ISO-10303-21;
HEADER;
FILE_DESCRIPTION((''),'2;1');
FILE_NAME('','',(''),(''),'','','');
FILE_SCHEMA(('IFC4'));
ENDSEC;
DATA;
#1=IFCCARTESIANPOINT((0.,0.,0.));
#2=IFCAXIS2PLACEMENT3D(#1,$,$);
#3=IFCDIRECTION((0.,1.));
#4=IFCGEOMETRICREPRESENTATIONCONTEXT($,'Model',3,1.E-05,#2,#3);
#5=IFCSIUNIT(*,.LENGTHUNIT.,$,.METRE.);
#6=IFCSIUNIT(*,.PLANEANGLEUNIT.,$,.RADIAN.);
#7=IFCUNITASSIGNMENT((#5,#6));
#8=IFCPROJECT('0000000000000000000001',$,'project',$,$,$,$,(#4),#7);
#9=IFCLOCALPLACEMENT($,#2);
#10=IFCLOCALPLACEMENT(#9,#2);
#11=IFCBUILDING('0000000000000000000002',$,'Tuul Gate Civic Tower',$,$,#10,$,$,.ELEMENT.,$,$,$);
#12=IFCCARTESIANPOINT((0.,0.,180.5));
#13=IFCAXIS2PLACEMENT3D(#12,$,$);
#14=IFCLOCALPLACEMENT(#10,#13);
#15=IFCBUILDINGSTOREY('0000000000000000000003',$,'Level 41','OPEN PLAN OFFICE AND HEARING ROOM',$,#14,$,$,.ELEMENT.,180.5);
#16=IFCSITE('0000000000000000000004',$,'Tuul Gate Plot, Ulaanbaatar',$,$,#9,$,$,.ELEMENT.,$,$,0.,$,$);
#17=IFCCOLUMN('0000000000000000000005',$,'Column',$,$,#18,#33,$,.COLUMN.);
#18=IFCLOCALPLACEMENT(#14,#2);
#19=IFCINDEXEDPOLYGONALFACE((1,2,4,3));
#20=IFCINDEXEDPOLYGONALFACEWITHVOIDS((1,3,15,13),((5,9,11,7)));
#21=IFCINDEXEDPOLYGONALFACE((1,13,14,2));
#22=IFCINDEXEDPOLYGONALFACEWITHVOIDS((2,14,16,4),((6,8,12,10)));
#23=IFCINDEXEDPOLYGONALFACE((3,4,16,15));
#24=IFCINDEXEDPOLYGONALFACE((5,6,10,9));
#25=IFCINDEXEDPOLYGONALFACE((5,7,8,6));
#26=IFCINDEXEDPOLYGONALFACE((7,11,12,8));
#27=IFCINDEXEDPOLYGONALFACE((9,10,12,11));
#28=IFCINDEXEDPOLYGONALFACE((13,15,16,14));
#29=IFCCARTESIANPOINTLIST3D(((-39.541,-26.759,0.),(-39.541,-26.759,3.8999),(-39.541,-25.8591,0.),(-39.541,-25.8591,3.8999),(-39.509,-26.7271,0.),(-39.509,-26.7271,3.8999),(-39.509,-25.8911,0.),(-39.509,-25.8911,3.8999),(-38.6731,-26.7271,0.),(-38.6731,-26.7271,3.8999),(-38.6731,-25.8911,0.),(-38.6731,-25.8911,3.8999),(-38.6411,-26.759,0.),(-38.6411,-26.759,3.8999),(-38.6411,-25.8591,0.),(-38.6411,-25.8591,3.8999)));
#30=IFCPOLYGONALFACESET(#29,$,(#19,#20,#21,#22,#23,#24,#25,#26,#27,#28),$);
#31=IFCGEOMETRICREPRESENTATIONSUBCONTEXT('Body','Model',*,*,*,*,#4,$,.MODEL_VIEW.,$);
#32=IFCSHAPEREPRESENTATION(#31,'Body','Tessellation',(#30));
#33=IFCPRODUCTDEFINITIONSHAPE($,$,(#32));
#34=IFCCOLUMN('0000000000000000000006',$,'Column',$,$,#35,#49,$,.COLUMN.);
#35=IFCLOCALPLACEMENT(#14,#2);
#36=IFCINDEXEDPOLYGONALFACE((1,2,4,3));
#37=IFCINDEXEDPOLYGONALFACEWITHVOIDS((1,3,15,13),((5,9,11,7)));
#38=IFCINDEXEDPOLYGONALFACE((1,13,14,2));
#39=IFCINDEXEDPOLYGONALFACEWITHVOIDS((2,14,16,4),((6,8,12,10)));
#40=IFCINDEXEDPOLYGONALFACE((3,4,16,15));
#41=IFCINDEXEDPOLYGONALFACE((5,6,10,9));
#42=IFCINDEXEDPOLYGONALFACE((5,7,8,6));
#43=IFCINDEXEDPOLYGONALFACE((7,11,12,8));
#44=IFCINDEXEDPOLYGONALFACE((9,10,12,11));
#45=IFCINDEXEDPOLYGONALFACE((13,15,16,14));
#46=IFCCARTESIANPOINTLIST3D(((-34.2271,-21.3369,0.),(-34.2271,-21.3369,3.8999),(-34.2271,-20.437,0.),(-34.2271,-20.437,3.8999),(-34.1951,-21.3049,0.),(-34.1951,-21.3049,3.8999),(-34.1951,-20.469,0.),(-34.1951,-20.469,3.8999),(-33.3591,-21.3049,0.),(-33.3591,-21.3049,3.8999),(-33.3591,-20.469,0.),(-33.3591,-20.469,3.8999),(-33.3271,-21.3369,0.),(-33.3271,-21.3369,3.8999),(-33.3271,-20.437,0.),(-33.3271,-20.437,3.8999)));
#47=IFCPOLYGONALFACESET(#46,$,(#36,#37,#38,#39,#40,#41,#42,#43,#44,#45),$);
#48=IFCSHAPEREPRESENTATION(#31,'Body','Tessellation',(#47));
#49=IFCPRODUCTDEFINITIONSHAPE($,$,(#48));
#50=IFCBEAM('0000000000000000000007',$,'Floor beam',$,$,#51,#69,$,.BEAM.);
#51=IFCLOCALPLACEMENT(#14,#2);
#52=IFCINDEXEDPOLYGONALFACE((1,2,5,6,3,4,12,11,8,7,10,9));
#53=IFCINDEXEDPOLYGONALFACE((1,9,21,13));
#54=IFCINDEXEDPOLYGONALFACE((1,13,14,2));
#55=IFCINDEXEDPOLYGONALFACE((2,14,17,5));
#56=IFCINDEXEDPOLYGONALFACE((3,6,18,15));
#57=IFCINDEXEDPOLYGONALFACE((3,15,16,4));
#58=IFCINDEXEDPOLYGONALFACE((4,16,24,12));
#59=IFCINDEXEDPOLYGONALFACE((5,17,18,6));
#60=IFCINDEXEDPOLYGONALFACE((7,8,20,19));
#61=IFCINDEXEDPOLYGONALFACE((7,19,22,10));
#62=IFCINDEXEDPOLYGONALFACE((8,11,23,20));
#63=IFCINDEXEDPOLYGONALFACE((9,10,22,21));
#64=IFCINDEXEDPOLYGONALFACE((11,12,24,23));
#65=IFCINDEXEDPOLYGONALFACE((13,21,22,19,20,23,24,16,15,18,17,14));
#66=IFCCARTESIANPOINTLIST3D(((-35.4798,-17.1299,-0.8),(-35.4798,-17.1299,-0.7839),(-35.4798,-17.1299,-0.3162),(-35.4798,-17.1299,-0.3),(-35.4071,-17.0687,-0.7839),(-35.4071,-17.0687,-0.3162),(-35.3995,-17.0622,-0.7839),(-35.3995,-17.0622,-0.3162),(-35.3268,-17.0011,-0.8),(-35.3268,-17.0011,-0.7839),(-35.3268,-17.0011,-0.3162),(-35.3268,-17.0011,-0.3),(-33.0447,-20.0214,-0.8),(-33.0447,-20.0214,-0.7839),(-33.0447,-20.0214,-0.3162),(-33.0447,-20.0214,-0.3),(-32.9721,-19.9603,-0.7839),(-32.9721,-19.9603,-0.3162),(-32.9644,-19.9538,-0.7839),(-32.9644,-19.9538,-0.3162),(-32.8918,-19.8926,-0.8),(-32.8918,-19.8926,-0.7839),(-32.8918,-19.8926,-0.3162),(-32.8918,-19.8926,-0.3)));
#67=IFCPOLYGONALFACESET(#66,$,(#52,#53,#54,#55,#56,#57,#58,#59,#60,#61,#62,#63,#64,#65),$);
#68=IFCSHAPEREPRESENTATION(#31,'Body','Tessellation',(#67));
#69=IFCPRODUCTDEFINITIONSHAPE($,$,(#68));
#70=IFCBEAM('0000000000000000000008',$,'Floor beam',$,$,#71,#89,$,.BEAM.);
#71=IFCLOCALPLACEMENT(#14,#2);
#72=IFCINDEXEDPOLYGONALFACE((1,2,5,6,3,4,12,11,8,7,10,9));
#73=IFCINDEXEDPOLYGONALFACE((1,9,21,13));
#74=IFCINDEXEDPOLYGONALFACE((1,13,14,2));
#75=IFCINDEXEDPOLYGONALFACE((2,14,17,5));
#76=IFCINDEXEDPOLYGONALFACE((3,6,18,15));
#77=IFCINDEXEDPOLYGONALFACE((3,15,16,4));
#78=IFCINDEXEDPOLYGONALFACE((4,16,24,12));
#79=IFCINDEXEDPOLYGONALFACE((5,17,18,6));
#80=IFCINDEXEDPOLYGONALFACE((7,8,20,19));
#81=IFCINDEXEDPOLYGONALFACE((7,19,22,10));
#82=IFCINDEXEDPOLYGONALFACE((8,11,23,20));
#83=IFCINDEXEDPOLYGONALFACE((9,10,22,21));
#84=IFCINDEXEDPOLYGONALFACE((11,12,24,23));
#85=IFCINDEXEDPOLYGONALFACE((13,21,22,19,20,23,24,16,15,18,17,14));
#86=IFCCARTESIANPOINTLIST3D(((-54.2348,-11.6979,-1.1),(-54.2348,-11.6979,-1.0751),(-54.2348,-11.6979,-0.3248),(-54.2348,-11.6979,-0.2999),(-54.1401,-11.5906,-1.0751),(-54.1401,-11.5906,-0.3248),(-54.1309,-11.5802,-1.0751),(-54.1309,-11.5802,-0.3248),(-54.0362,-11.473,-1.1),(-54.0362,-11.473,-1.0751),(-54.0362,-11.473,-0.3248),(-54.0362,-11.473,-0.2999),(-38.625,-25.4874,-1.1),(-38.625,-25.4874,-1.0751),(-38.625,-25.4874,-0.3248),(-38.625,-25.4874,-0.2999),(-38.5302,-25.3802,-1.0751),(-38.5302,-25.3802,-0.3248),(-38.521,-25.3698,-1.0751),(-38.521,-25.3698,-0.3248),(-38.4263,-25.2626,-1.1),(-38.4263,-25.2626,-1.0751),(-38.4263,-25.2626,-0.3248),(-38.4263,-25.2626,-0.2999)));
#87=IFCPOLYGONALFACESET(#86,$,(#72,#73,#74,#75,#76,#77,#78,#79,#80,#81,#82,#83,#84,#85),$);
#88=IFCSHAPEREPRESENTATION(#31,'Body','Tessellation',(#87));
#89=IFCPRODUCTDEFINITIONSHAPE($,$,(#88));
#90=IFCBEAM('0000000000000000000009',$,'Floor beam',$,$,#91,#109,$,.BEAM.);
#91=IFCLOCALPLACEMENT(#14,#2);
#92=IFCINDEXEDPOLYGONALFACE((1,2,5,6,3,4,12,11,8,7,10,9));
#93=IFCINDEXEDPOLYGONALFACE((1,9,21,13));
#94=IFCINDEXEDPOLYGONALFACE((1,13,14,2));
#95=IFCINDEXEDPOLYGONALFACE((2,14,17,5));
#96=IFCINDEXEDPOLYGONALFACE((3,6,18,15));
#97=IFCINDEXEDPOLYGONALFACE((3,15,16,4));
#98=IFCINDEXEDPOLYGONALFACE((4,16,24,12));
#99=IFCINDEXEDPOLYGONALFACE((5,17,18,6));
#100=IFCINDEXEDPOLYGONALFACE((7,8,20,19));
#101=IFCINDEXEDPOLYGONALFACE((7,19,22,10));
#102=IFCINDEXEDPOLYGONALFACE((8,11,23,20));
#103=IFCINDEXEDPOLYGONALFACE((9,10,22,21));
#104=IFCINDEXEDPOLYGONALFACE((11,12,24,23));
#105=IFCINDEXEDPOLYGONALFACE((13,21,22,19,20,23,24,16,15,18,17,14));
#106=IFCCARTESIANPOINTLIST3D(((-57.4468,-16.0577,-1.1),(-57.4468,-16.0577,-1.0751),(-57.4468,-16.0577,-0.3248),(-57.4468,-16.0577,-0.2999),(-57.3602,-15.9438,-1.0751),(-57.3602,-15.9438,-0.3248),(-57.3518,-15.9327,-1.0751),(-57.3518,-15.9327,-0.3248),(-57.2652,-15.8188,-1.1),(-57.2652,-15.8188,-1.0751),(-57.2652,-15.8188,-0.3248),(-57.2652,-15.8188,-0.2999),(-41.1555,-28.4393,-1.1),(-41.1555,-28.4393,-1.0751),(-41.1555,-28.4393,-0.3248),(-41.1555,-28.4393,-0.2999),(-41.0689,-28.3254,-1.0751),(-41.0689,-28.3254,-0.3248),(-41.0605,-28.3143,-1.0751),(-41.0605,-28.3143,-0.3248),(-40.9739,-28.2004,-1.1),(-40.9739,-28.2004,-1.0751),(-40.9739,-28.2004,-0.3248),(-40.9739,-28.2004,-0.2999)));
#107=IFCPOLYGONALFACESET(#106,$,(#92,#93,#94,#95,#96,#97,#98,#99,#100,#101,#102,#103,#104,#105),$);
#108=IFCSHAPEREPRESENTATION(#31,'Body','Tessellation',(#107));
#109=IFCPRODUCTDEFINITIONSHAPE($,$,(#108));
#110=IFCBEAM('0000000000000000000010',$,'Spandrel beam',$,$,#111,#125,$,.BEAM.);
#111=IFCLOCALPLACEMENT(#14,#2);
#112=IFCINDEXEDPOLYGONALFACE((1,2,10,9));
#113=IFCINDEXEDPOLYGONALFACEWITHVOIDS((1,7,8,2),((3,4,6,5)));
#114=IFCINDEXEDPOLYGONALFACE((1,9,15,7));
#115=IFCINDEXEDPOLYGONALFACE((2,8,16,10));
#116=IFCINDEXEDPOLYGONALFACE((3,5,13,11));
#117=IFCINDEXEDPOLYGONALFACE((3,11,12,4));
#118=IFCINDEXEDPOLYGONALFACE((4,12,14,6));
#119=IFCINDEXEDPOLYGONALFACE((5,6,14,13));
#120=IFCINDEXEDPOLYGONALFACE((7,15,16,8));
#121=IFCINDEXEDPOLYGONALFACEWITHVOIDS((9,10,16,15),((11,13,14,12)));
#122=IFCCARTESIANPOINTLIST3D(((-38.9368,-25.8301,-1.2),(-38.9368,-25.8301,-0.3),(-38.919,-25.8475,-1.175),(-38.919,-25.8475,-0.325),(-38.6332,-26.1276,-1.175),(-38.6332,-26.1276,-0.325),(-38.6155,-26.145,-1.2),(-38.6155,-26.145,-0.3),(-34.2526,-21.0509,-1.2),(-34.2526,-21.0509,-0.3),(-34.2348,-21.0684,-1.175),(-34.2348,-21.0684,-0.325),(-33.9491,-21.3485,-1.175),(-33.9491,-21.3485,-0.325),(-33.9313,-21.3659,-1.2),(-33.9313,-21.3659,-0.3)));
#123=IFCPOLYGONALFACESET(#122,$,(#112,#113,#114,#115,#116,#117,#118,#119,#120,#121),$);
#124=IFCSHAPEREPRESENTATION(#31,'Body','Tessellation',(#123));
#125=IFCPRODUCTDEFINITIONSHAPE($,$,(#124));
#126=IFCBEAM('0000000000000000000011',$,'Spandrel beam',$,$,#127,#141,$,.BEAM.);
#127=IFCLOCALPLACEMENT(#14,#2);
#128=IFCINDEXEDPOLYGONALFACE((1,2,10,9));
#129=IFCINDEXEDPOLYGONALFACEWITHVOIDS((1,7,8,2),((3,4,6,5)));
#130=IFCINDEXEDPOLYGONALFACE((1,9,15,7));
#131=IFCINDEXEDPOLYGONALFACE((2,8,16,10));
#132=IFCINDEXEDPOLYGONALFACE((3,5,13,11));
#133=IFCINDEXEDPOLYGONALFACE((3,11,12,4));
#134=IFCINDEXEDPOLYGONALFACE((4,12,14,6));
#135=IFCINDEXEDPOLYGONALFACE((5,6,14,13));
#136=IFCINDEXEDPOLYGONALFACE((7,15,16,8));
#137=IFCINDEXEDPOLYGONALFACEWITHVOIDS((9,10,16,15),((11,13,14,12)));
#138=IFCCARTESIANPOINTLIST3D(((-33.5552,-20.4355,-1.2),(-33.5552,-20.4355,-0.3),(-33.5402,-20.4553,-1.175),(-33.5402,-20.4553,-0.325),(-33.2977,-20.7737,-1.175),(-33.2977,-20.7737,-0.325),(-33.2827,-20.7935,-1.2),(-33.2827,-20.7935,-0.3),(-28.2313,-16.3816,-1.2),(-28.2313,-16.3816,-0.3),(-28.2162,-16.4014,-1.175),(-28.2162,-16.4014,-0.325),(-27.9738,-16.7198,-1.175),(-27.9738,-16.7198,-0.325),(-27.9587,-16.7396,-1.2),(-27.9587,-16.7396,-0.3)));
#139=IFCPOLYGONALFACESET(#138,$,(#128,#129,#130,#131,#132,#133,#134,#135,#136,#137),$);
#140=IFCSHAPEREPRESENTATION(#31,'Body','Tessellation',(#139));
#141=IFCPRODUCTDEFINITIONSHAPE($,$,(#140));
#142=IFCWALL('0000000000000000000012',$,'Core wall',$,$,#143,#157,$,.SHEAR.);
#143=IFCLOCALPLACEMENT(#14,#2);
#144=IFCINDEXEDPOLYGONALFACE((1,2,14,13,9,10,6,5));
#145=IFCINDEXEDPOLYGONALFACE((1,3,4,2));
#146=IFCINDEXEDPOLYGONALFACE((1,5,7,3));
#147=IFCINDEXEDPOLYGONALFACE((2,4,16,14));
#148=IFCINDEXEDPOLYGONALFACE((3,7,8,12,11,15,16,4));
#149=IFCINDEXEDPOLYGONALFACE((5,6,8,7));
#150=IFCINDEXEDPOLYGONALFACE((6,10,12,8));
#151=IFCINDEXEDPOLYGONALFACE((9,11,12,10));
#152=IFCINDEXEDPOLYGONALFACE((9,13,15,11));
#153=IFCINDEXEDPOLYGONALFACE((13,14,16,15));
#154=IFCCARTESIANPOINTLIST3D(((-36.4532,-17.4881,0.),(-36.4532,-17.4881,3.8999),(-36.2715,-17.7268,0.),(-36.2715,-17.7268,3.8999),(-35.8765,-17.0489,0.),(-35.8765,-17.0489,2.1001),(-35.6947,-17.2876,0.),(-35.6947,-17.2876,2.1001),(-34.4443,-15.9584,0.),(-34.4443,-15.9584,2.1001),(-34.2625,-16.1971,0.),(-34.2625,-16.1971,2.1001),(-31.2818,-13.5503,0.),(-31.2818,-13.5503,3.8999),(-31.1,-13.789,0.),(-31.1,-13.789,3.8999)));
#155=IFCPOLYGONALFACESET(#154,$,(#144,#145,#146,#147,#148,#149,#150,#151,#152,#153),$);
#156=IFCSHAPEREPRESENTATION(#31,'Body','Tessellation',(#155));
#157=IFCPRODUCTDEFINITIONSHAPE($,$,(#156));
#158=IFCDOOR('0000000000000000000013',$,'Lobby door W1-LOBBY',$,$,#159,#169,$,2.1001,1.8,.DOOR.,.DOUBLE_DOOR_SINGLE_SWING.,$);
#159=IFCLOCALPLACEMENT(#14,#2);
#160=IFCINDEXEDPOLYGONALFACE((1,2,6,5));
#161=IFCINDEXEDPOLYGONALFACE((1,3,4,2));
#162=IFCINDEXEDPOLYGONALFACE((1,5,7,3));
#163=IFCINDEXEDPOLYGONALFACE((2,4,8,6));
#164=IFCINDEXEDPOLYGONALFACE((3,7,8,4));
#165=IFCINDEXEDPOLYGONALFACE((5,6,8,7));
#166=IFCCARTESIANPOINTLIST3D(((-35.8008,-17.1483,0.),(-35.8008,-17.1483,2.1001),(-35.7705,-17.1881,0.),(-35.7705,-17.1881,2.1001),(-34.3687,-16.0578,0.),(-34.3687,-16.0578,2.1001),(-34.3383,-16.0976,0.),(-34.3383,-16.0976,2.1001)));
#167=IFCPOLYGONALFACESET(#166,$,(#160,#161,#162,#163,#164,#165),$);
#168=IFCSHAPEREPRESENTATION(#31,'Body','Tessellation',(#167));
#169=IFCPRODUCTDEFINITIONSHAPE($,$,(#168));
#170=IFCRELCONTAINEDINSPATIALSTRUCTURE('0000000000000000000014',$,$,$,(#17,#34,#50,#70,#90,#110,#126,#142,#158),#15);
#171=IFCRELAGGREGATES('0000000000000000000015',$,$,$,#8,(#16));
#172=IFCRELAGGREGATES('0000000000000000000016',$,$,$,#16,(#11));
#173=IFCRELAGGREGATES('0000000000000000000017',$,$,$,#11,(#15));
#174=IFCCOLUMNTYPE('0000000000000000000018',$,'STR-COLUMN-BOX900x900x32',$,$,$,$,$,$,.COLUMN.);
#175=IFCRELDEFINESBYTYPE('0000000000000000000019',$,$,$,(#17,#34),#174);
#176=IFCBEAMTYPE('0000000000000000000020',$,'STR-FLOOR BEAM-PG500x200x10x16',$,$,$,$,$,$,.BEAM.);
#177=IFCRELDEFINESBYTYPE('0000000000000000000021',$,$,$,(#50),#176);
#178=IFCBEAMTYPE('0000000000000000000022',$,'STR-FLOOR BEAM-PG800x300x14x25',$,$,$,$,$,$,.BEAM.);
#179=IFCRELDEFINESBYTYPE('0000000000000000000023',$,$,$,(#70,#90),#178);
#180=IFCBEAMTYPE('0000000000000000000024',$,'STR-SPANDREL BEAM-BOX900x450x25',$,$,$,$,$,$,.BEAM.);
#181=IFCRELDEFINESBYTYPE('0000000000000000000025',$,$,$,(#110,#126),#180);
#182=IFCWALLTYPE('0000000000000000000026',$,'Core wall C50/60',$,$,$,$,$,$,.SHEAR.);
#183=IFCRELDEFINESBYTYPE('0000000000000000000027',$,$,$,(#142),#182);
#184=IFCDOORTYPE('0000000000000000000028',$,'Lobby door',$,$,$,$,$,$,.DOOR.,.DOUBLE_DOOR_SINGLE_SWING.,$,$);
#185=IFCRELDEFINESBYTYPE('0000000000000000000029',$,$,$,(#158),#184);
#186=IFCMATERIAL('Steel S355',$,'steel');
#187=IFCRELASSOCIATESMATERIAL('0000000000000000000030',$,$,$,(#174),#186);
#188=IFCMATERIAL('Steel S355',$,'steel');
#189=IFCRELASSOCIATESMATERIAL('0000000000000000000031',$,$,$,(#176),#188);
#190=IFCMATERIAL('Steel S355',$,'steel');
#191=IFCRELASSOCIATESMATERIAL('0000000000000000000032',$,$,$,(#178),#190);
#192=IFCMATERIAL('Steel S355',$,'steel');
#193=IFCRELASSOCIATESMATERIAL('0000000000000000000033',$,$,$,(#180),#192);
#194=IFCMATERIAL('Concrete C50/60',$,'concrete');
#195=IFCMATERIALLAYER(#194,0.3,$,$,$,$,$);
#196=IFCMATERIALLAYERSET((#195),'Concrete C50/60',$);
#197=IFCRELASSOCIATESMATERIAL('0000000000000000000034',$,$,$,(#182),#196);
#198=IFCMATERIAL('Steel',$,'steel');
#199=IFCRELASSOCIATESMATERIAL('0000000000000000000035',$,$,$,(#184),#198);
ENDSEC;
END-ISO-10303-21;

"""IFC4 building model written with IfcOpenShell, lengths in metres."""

from ifc_helpers import new_model, si_unit, direction, frame, frame_2d, origin, origin_2d, place, context, subcontext, project, spatial, rectangle, hollow_rectangle, i_section, extrude, material, layer, layer_set, material_profile, profile_set, type_object, element, fill, save


model = new_model("IFC4")

# Units and contexts
model_context = context("Model", 3, precision=1e-05, world=origin(), true_north=direction((0.0, 1.0)))
body_context = subcontext(model_context, "Body", "Model", "MODEL_VIEW")
ifc_project = project(units=[si_unit("LENGTHUNIT", "METRE"), si_unit("PLANEANGLEUNIT", "RADIAN")], contexts=[model_context])

# Site, building, storey
site_placement = place(None, origin())
site = spatial("IfcSite", under=ifc_project, at=site_placement, Name="Tuul Gate Plot, Ulaanbaatar", CompositionType="ELEMENT", RefElevation=0.0)
building_placement = place(site_placement, origin())
building = spatial("IfcBuilding", under=site, at=building_placement, Name="Tuul Gate Civic Tower", CompositionType="ELEMENT")
storey_placement = place(building_placement, frame((0.0, 0.0, 180.5)))
storey = spatial("IfcBuildingStorey", under=building, at=storey_placement, Name="Level 41", Description="OPEN PLAN OFFICE AND HEARING ROOM", CompositionType="ELEMENT", Elevation=180.5)

# Columns
ifc_material_1 = material(Name="Steel S355", Category="steel")
ifc_material_profile_1 = material_profile(ifc_material_1, hollow_rectangle(XDim=0.8999, YDim=0.8999, WallThickness=0.032, at=origin_2d()), Name="BOX900x900x32")
ifc_profile_set_1 = profile_set([ifc_material_profile_1], Name="Steel S355")
column_type = type_object("IfcColumnType", Name="STR-COLUMN-BOX900x900x32", PredefinedType="COLUMN", material=ifc_profile_set_1)
for number, where, z_axis, x_axis, name in (
    (1, (-39.0911, -26.3091, 0.0), (0.0, 0.0, 1.0), (1.0, 0.0, 0.0), "Column"),
    (2, (-33.7771, -20.887, 0.0), (0.0, 0.0, 1.0), (1.0, 0.0, 0.0), "Column"),
):
    element("IfcColumn", number, at=place(storey_placement, frame(where, z_axis=z_axis, x_axis=x_axis)), inside=storey, type_object=column_type, Name=name, PredefinedType="COLUMN", context=body_context, shape_type="SweptSolid", body=[
        extrude(hollow_rectangle(XDim=0.8999, YDim=0.8999, WallThickness=0.032, at=origin_2d()), origin(), (0.0, 0.0, 1.0), 3.8999),
    ])

# Beams
ifc_material_2 = material(Name="Steel S355", Category="steel")
ifc_material_profile_2 = material_profile(ifc_material_2, i_section(OverallWidth=0.2, OverallDepth=0.5, WebThickness=0.01, FlangeThickness=0.0161, at=origin_2d()), Name="PG500x200x10x16")
ifc_profile_set_2 = profile_set([ifc_material_profile_2], Name="Steel S355")
beam_type_1 = type_object("IfcBeamType", Name="STR-FLOOR BEAM-PG500x200x10x16", PredefinedType="BEAM", material=ifc_profile_set_2)
beam_1_placement = place(storey_placement, frame((-32.9683, -19.957, -0.55), z_axis=(-0.64414, 0.764908, 0.0), x_axis=(-0.764908, -0.64414, 0.0)))
element("IfcBeam", 3, at=beam_1_placement, inside=storey, type_object=beam_type_1, Name="Floor beam", PredefinedType="BEAM", context=body_context, shape_type="SweptSolid", body=[
    extrude(i_section(OverallWidth=0.2, OverallDepth=0.5, WebThickness=0.01, FlangeThickness=0.0161, at=origin_2d()), origin(), (0.0, 0.0, 1.0), 3.7803),
])
ifc_material_3 = material(Name="Steel S355", Category="steel")
ifc_material_profile_3 = material_profile(ifc_material_3, i_section(OverallWidth=0.3, OverallDepth=0.8, WebThickness=0.0139, FlangeThickness=0.0249, at=origin_2d()), Name="PG800x300x14x25")
ifc_profile_set_3 = profile_set([ifc_material_profile_3], Name="Steel S355")
beam_type_2 = type_object("IfcBeamType", Name="STR-FLOOR BEAM-PG800x300x14x25", PredefinedType="BEAM", material=ifc_profile_set_3)
beam_2_placement = place(storey_placement, frame((-38.5256, -25.375, -0.7), z_axis=(-0.749453, 0.662057, 0.0), x_axis=(-0.662057, -0.749453, 0.0)))
element("IfcBeam", 4, at=beam_2_placement, inside=storey, type_object=beam_type_2, Name="Floor beam", PredefinedType="BEAM", context=body_context, shape_type="SweptSolid", body=[
    extrude(i_section(OverallWidth=0.3, OverallDepth=0.8, WebThickness=0.0139, FlangeThickness=0.0249, at=origin_2d()), origin(), (0.0, 0.0, 1.0), 20.8284),
])
beam_3_placement = place(storey_placement, frame((-41.0647, -28.3198, -0.7), z_axis=(-0.796157, 0.605091, 0.0), x_axis=(-0.605091, -0.796157, 0.0)))
element("IfcBeam", 5, at=beam_3_placement, inside=storey, type_object=beam_type_2, Name="Floor beam", PredefinedType="BEAM", context=body_context, shape_type="SweptSolid", body=[
    extrude(i_section(OverallWidth=0.3, OverallDepth=0.8, WebThickness=0.0139, FlangeThickness=0.0249, at=origin_2d()), origin(), (0.0, 0.0, 1.0), 20.4624),
])
ifc_material_4 = material(Name="Steel S355", Category="steel")
ifc_material_profile_4 = material_profile(ifc_material_4, hollow_rectangle(XDim=0.45, YDim=0.8999, WallThickness=0.0249, at=origin_2d()), Name="BOX900x450x25")
ifc_profile_set_4 = profile_set([ifc_material_profile_4], Name="Steel S355")
beam_type_3 = type_object("IfcBeamType", Name="STR-SPANDREL BEAM-BOX900x450x25", PredefinedType="BEAM", material=ifc_profile_set_4)
beam_4_placement = place(storey_placement, frame((-38.7761, -25.9875, -0.75), z_axis=(0.699975, 0.714167, 0.0), x_axis=(-0.714167, 0.699975, 0.0)))
element("IfcBeam", 6, at=beam_4_placement, inside=storey, type_object=beam_type_3, Name="Spandrel beam", PredefinedType="BEAM", context=body_context, shape_type="SweptSolid", body=[
    extrude(hollow_rectangle(XDim=0.45, YDim=0.8999, WallThickness=0.0249, at=origin_2d()), origin(), (0.0, 0.0, 1.0), 6.6919),
])
beam_5_placement = place(storey_placement, frame((-33.4189, -20.6145, -0.75), z_axis=(0.795605, 0.605816, 0.0), x_axis=(-0.605816, 0.795605, 0.0)))
element("IfcBeam", 7, at=beam_5_placement, inside=storey, type_object=beam_type_3, Name="Spandrel beam", PredefinedType="BEAM", context=body_context, shape_type="SweptSolid", body=[
    extrude(hollow_rectangle(XDim=0.45, YDim=0.8999, WallThickness=0.0249, at=origin_2d()), origin(), (0.0, 0.0, 1.0), 6.6917),
])

# Wall, opening, door
ifc_material_5 = material(Name="Concrete C50/60", Category="concrete")
ifc_layer_1 = layer(ifc_material_5, 0.3)
ifc_layer_set_1 = layer_set([ifc_layer_1], Name="Concrete C50/60")
wall_type_1 = type_object("IfcWallType", Name="Core wall C50/60", PredefinedType="SHEAR", material=ifc_layer_set_1)
wall_1_placement = place(storey_placement, frame((-31.1909, -13.6697, 0.0), z_axis=(0.0, 0.0, 1.0), x_axis=(-0.795607, -0.605813, 0.0)))
wall_1 = element("IfcWall", 8, at=wall_1_placement, inside=storey, type_object=wall_type_1, Name="Core wall", PredefinedType="SHEAR", context=body_context, shape_type="SweptSolid", body=[
    extrude(rectangle(XDim=6.5, YDim=0.3, at=frame_2d((3.25, 0.0))), origin(), (0.0, 0.0, 1.0), 3.8999),
])
opening_1_placement = place(wall_1_placement, frame((3.9751, 0.0, 0.0)))
opening_1 = element("IfcOpeningElement", 9, at=opening_1_placement, cuts=wall_1, PredefinedType="OPENING", context=body_context, shape_type="SweptSolid", body=[
    extrude(rectangle(XDim=1.8, YDim=2.1001, at=frame_2d((0.8999, 1.05))), frame((0.0, 0.1602, 0.0), z_axis=(0.0, -1.0, 0.0), x_axis=(1.0, 0.0, 0.0)), (0.0, 0.0, 1.0), 0.3201),
])
ifc_material_6 = material(Name="Steel", Category="steel")
door_type_1 = type_object("IfcDoorType", Name="Lobby door", OperationType="DOUBLE_DOOR_SINGLE_SWING", PredefinedType="DOOR", material=ifc_material_6)
door_1_placement = place(opening_1_placement, origin())
door_1 = element("IfcDoor", 10, at=door_1_placement, inside=storey, type_object=door_type_1, Name="Lobby door W1-LOBBY", OperationType="DOUBLE_DOOR_SINGLE_SWING", OverallHeight=2.1001, OverallWidth=1.8, PredefinedType="DOOR", context=body_context, shape_type="SweptSolid", body=[
    extrude(rectangle(XDim=1.8, YDim=2.1001, at=frame_2d((0.8999, 1.05))), frame((0.0, 0.0249, 0.0), z_axis=(0.0, -1.0, 0.0), x_axis=(1.0, 0.0, 0.0)), (0.0, 0.0, 1.0), 0.05),
])
fill(opening_1, door_1)

save(model, "model.ifc")
